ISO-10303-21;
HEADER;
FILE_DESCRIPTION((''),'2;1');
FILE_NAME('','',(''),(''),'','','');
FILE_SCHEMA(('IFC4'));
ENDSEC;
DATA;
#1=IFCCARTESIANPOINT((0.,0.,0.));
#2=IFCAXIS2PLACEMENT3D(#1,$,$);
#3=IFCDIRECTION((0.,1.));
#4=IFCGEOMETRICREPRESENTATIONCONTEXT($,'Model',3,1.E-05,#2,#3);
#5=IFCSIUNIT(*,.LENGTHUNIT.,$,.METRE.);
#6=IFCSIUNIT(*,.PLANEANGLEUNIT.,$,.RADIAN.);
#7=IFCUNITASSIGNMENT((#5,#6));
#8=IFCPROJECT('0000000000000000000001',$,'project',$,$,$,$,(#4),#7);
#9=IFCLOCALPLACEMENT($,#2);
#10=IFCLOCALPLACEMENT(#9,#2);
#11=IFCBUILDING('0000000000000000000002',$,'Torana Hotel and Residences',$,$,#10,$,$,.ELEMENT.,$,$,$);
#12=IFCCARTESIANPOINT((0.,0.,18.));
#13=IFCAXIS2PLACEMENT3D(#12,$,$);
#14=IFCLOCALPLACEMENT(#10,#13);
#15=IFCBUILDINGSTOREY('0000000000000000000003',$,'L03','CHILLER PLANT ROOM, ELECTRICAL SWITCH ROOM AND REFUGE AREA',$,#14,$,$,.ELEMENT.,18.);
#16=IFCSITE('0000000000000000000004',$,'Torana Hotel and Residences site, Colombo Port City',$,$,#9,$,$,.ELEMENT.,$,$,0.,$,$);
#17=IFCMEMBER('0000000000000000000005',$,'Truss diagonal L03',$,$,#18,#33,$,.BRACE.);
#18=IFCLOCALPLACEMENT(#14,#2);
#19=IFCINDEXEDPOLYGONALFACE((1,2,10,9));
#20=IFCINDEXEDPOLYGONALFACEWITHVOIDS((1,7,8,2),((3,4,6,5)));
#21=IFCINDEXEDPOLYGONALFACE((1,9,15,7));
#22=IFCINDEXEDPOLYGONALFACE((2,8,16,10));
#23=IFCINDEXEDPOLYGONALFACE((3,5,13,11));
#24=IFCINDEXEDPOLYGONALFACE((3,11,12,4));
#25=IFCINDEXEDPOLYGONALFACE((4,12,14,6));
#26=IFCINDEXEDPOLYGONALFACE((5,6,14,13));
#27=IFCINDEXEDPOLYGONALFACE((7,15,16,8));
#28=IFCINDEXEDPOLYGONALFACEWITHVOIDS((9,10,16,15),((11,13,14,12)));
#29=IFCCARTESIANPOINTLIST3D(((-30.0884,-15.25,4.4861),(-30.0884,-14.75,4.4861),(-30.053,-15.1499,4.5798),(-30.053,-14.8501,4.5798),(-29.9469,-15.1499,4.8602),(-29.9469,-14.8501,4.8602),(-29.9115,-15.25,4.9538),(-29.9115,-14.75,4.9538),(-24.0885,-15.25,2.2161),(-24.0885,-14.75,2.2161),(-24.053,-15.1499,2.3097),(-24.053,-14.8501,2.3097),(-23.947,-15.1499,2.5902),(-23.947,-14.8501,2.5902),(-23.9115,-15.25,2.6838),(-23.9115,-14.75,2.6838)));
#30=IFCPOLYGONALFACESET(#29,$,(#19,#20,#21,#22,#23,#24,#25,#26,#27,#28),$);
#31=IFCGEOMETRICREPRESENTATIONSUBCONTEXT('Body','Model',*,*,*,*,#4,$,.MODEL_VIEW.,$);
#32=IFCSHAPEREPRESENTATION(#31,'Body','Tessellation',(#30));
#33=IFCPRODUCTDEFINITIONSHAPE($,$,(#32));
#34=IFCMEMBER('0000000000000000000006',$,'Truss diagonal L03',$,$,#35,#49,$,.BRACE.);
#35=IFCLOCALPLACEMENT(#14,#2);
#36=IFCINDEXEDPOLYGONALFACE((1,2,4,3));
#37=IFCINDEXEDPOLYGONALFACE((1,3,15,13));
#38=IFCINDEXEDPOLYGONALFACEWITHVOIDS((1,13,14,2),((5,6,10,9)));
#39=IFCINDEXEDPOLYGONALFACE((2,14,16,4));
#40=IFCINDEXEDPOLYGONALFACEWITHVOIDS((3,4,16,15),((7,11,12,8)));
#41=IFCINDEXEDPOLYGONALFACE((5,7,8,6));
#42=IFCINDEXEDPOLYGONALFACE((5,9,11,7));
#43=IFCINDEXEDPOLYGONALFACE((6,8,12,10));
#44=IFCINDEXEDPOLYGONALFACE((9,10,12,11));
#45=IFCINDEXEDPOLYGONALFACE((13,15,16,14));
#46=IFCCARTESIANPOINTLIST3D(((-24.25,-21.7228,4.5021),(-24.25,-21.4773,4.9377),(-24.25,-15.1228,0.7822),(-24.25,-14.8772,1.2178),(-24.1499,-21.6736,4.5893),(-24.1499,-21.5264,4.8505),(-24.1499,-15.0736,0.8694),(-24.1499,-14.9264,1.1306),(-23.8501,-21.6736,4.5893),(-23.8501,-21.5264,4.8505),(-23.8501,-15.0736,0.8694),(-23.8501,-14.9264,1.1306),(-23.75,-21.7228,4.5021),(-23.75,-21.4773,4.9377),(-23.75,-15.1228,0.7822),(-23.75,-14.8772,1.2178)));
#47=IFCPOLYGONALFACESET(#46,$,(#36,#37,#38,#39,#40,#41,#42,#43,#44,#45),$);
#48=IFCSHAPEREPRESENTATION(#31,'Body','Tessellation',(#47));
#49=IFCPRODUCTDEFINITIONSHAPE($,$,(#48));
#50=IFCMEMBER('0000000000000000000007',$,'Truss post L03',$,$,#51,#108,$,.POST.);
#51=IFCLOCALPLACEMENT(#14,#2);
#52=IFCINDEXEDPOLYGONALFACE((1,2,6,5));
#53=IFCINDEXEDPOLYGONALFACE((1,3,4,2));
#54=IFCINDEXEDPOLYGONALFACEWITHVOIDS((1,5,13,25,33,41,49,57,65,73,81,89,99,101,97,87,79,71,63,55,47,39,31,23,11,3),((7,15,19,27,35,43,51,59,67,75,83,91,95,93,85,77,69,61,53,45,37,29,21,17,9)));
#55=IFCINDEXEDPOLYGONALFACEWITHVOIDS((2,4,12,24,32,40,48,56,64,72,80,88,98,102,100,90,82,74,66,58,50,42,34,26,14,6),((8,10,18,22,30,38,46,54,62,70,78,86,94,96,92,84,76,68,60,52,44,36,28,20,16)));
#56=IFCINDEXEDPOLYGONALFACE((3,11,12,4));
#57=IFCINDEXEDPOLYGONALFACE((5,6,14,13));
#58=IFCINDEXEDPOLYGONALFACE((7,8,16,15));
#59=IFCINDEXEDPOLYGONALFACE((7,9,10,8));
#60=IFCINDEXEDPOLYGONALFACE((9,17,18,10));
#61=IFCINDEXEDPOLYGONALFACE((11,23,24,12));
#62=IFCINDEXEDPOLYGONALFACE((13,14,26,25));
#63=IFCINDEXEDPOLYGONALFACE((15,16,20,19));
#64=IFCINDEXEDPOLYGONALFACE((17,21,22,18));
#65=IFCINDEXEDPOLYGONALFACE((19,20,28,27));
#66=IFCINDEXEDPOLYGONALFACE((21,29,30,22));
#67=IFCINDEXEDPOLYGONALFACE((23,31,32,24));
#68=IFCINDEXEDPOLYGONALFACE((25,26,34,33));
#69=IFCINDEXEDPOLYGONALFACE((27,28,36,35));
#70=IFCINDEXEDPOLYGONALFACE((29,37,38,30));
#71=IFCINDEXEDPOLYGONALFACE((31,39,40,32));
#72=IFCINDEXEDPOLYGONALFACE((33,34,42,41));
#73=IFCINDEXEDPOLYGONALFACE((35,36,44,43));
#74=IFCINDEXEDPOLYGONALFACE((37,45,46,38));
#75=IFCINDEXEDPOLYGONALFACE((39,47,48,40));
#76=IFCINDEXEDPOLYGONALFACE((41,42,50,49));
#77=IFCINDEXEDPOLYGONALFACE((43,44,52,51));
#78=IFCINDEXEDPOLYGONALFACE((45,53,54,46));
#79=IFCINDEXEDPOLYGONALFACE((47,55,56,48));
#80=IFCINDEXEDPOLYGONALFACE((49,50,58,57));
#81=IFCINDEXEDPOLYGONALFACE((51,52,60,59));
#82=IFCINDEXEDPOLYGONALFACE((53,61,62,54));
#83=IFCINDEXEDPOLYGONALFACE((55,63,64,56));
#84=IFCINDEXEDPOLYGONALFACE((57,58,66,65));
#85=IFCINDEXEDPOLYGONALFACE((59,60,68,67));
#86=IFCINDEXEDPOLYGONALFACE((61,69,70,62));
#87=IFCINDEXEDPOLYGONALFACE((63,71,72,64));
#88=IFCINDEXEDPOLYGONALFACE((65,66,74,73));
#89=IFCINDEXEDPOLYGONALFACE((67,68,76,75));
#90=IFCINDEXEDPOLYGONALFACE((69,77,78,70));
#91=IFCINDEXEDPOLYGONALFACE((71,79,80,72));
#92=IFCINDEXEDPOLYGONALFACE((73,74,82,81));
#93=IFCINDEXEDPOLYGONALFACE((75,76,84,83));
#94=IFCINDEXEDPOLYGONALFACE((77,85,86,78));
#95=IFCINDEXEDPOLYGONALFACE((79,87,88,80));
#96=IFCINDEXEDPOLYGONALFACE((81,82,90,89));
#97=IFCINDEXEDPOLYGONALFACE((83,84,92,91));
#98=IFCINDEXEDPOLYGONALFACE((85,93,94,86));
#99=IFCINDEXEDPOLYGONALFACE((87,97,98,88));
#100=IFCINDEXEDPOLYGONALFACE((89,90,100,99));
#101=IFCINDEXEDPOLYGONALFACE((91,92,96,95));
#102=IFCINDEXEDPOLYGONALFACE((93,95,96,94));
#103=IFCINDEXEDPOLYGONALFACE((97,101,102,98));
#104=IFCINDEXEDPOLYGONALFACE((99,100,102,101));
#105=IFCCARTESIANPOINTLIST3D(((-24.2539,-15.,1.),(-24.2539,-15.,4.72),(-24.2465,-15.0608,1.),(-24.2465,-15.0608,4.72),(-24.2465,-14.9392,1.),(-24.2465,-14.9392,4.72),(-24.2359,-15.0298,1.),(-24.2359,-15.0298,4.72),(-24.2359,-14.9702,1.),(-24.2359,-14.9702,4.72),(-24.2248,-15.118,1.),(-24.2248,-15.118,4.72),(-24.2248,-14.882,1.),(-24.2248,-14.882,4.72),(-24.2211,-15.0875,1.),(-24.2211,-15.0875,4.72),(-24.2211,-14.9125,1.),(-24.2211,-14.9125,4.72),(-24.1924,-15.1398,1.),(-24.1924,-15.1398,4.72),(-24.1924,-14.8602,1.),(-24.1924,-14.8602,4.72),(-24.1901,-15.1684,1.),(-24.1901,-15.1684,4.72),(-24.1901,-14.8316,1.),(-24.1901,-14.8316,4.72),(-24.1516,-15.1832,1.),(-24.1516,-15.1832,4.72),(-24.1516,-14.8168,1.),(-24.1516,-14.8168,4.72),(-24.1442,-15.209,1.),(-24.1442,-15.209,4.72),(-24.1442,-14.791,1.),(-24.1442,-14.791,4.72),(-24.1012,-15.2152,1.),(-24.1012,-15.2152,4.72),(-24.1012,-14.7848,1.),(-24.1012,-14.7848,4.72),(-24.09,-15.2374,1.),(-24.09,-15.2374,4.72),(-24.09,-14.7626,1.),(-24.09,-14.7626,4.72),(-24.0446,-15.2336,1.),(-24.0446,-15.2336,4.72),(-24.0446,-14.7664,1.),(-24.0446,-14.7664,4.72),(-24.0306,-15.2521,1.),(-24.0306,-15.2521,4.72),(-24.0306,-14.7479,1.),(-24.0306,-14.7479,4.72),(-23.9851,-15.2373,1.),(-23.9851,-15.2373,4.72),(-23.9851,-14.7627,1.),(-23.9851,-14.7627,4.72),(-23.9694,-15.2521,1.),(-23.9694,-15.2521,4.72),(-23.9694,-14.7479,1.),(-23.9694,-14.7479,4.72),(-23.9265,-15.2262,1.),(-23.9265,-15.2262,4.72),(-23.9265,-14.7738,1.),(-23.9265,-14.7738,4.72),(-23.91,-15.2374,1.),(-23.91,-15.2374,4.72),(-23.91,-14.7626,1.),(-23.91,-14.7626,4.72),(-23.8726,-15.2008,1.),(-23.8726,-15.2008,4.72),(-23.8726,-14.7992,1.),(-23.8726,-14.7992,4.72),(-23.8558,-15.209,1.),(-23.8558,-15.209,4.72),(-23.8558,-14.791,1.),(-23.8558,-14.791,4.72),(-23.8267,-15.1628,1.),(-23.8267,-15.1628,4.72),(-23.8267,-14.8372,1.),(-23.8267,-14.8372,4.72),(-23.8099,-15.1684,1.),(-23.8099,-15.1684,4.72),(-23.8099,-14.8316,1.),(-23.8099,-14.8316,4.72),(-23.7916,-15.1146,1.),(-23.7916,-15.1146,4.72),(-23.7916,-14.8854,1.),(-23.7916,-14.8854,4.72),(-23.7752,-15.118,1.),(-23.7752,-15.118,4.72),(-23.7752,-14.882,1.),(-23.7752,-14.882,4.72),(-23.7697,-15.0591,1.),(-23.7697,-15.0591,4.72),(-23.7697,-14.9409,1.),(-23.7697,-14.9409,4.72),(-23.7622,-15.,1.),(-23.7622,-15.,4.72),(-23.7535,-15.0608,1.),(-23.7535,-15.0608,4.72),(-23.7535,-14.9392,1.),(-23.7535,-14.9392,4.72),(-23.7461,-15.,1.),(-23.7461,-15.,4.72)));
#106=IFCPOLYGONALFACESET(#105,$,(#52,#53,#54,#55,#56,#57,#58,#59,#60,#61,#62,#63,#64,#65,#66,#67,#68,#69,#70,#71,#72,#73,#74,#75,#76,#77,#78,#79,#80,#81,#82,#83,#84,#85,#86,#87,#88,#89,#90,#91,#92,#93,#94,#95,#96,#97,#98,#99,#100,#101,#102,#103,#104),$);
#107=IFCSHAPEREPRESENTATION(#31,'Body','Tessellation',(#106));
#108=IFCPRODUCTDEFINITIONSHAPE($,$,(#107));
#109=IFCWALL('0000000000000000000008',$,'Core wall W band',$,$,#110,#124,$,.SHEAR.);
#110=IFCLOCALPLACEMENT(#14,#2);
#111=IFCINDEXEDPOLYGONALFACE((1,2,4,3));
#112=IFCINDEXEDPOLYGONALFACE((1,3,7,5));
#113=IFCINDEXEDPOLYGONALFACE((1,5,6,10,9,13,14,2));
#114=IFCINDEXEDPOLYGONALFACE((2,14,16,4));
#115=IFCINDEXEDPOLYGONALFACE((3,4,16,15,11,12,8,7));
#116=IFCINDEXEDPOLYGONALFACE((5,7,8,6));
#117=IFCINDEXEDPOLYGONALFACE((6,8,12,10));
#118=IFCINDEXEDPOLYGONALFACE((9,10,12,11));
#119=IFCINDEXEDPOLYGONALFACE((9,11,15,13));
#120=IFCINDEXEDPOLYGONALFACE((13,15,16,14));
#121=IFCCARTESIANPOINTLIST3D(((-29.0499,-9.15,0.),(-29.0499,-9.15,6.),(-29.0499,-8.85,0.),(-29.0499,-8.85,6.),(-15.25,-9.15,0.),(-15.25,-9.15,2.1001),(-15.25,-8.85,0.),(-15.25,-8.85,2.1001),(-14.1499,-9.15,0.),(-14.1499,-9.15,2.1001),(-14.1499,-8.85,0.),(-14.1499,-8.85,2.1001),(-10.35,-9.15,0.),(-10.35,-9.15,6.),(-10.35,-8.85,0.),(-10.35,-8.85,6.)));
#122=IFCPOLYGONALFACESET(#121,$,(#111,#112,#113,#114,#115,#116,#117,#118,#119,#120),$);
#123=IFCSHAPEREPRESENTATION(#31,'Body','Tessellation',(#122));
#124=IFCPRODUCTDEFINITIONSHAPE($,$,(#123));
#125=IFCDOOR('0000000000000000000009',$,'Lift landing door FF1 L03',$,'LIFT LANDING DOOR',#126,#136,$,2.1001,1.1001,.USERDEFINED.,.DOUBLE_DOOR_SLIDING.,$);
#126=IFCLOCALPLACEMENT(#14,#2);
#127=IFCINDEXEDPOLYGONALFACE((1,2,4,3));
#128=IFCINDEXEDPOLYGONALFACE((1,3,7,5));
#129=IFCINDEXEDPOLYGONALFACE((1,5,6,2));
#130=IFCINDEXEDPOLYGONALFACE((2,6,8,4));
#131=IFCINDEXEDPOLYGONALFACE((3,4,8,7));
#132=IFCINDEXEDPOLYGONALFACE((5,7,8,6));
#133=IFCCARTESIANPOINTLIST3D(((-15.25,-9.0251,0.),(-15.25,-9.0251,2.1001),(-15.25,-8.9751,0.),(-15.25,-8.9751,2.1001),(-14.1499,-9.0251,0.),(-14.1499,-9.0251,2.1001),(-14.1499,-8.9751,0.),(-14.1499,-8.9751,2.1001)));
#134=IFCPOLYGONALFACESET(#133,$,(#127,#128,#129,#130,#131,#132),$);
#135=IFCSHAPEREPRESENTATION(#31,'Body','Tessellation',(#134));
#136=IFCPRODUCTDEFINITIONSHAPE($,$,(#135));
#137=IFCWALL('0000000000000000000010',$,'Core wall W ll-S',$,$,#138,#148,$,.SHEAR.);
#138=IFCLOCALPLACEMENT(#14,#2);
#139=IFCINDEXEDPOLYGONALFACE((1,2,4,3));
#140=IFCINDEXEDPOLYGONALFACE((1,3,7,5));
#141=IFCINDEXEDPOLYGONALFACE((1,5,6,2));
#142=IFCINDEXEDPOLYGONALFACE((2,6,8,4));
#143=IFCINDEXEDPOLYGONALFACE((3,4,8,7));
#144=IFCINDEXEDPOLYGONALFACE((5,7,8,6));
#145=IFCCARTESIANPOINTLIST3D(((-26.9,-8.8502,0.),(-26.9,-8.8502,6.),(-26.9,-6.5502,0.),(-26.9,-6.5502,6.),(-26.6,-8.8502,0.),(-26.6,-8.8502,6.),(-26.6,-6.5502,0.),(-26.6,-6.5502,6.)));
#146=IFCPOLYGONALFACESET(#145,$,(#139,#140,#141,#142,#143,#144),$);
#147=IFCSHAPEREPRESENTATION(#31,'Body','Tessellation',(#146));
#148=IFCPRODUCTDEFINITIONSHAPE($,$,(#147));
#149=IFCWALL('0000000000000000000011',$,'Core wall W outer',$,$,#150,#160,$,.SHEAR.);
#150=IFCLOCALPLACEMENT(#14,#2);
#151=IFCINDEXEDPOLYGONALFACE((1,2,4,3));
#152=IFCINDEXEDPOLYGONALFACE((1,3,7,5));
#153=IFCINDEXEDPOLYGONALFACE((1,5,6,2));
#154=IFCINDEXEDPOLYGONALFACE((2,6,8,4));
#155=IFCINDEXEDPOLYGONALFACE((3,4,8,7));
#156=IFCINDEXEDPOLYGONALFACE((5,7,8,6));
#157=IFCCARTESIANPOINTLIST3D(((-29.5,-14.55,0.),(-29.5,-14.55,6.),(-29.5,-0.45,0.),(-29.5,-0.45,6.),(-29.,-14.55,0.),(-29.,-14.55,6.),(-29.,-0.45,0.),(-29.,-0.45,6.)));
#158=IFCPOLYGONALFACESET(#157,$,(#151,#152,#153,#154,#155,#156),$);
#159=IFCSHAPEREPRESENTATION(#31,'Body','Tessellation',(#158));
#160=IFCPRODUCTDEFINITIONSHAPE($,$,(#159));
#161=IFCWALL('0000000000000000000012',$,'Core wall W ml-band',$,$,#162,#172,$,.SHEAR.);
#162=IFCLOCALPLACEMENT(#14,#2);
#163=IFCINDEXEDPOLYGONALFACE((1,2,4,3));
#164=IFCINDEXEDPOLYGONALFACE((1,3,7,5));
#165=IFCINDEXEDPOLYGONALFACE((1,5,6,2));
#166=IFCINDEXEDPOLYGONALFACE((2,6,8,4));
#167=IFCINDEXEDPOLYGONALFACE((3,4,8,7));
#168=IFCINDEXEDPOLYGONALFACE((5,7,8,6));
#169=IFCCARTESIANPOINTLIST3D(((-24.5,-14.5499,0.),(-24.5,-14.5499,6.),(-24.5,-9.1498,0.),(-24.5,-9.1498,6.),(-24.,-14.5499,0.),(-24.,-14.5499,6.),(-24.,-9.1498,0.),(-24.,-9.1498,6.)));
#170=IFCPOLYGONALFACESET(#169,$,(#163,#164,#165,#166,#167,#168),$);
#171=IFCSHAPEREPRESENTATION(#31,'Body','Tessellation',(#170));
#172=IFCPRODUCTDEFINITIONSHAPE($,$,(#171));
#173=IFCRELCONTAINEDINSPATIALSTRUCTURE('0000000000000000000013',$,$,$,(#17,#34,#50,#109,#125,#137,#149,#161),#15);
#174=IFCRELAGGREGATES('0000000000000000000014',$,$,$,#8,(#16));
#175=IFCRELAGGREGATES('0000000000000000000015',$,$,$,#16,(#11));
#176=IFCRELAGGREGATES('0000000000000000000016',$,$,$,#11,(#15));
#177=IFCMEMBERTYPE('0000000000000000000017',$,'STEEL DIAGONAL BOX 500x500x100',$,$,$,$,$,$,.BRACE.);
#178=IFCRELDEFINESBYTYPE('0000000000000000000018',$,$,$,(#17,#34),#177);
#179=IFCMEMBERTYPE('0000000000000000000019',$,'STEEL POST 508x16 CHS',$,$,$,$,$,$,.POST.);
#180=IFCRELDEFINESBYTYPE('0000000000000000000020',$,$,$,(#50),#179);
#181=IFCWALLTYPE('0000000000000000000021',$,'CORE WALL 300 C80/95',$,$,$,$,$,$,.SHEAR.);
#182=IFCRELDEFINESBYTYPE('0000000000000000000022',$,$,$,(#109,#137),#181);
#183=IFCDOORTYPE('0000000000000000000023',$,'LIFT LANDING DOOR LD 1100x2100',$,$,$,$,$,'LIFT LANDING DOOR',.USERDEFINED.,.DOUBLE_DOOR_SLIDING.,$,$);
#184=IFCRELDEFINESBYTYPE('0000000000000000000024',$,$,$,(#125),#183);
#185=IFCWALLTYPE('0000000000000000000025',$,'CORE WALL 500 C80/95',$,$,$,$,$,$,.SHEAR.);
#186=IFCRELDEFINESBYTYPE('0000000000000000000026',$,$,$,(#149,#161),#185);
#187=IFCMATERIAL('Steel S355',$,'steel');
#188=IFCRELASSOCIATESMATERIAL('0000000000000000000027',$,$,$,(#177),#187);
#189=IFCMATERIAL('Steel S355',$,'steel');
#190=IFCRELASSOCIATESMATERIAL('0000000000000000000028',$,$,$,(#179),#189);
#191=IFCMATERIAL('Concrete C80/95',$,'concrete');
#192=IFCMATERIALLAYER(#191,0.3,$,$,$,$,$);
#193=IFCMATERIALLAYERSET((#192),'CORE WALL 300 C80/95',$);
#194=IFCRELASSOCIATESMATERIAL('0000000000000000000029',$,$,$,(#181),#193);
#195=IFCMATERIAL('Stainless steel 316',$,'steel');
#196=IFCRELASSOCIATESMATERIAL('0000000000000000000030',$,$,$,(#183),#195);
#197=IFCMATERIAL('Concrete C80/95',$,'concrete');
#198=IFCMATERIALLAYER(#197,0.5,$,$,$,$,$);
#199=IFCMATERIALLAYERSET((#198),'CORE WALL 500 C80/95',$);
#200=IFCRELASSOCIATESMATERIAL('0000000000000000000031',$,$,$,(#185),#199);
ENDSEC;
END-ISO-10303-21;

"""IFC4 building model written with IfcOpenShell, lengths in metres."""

from ifc_helpers import new_model, si_unit, direction, frame, frame_2d, origin, origin_2d, place, context, subcontext, project, spatial, rectangle, hollow_rectangle, hollow_circle, extrude, material, layer, layer_set, material_profile, profile_set, type_object, element, fill, save


model = new_model("IFC4")

# Units and contexts
model_context = context("Model", 3, precision=1e-05, world=origin(), true_north=direction((0.0, 1.0)))
body_context = subcontext(model_context, "Body", "Model", "MODEL_VIEW")
ifc_project = project(units=[si_unit("LENGTHUNIT", "METRE"), si_unit("PLANEANGLEUNIT", "RADIAN")], contexts=[model_context])

# Site, building, storey
site_placement = place(None, origin())
site = spatial("IfcSite", under=ifc_project, at=site_placement, Name="Torana Hotel and Residences site, Colombo Port City", CompositionType="ELEMENT", RefElevation=0.0)
building_placement = place(site_placement, origin())
building = spatial("IfcBuilding", under=site, at=building_placement, Name="Torana Hotel and Residences", CompositionType="ELEMENT")
storey_placement = place(building_placement, frame((0.0, 0.0, 18.0)))
storey = spatial("IfcBuildingStorey", under=building, at=storey_placement, Name="L03", Description="CHILLER PLANT ROOM, ELECTRICAL SWITCH ROOM AND REFUGE AREA", CompositionType="ELEMENT", Elevation=18.0)

# Members
ifc_material_1 = material(Name="Steel S355", Category="steel")
ifc_material_profile_1 = material_profile(ifc_material_1, hollow_rectangle(XDim=0.5, YDim=0.5, WallThickness=0.1001, at=origin_2d()), Name="BOX 500x500x100")
ifc_profile_set_1 = profile_set([ifc_material_profile_1], Name="Steel S355")
member_type_1 = type_object("IfcMemberType", Name="STEEL DIAGONAL BOX 500x500x100", PredefinedType="BRACE", material=ifc_profile_set_1)
member_1_placement = place(storey_placement, frame((-24.0, -15.0, 2.45), z_axis=(-0.935299, 0.0, 0.353858), x_axis=(0.0, -1.0, 0.0)))
element("IfcMember", 1, at=member_1_placement, inside=storey, type_object=member_type_1, Name="Truss diagonal L03", PredefinedType="BRACE", context=body_context, shape_type="SweptSolid", body=[
    extrude(hollow_rectangle(XDim=0.5, YDim=0.5, WallThickness=0.1001, at=origin_2d()), origin(), (0.0, 0.0, 1.0), 6.415),
])
member_2_placement = place(storey_placement, frame((-24.0, -15.0, 1.0), z_axis=(0.0, -0.871157, 0.491005), x_axis=(1.0, 0.0, 0.0)))
element("IfcMember", 2, at=member_2_placement, inside=storey, type_object=member_type_1, Name="Truss diagonal L03", PredefinedType="BRACE", context=body_context, shape_type="SweptSolid", body=[
    extrude(hollow_rectangle(XDim=0.5, YDim=0.5, WallThickness=0.1001, at=origin_2d()), origin(), (0.0, 0.0, 1.0), 7.5762),
])
ifc_material_2 = material(Name="Steel S355", Category="steel")
ifc_material_profile_2 = material_profile(ifc_material_2, hollow_circle(Radius=0.2539, WallThickness=0.0161, at=origin_2d()), Name="508x16 CHS")
ifc_profile_set_2 = profile_set([ifc_material_profile_2], Name="Steel S355")
member_type_2 = type_object("IfcMemberType", Name="STEEL POST 508x16 CHS", PredefinedType="POST", material=ifc_profile_set_2)
member_3_placement = place(storey_placement, frame((-24.0, -15.0, 1.0), z_axis=(0.0, 0.0, 1.0), x_axis=(1.0, 0.0, 0.0)))
element("IfcMember", 3, at=member_3_placement, inside=storey, type_object=member_type_2, Name="Truss post L03", PredefinedType="POST", context=body_context, shape_type="SweptSolid", body=[
    extrude(hollow_circle(Radius=0.2539, WallThickness=0.0161, at=origin_2d()), origin(), (0.0, 0.0, 1.0), 3.72),
])

# Wall, opening, door
ifc_material_3 = material(Name="Concrete C80/95", Category="concrete")
ifc_layer_1 = layer(ifc_material_3, 0.3)
ifc_layer_set_1 = layer_set([ifc_layer_1], Name="CORE WALL 300 C80/95")
wall_type_1 = type_object("IfcWallType", Name="CORE WALL 300 C80/95", PredefinedType="SHEAR", material=ifc_layer_set_1)
wall_1_placement = place(storey_placement, frame((-29.05, -9.0, 0.0), z_axis=(0.0, 0.0, 1.0), x_axis=(1.0, 0.0, 0.0)))
wall_1 = element("IfcWall", 4, at=wall_1_placement, inside=storey, type_object=wall_type_1, Name="Core wall W band", PredefinedType="SHEAR", context=body_context, shape_type="SweptSolid", body=[
    extrude(rectangle(XDim=18.7, YDim=0.3, at=frame_2d((9.3501, 0.0))), origin(), (0.0, 0.0, 1.0), 6.0),
])
opening_1_placement = place(wall_1_placement, frame((13.8, 0.0, 0.0)))
opening_1 = element("IfcOpeningElement", 5, at=opening_1_placement, cuts=wall_1, PredefinedType="OPENING", context=body_context, shape_type="SweptSolid", body=[
    extrude(rectangle(XDim=1.1001, YDim=2.1001, at=frame_2d((0.55, 1.05))), frame((0.0, 0.1599, 0.0), z_axis=(0.0, -1.0, 0.0), x_axis=(1.0, 0.0, 0.0)), (0.0, 0.0, 1.0), 0.3201),
])
ifc_material_4 = material(Name="Stainless steel 316", Category="steel")
door_type_1 = type_object("IfcDoorType", Name="LIFT LANDING DOOR LD 1100x2100", ElementType="LIFT LANDING DOOR", OperationType="DOUBLE_DOOR_SLIDING", PredefinedType="USERDEFINED", material=ifc_material_4)
door_1_placement = place(opening_1_placement, origin())
door_1 = element("IfcDoor", 6, at=door_1_placement, inside=storey, type_object=door_type_1, Name="Lift landing door FF1 L03", ObjectType="LIFT LANDING DOOR", OperationType="DOUBLE_DOOR_SLIDING", OverallHeight=2.1001, OverallWidth=1.1001, PredefinedType="USERDEFINED", context=body_context, shape_type="SweptSolid", body=[
    extrude(rectangle(XDim=1.1001, YDim=2.1001, at=frame_2d((0.55, 1.05))), frame((0.0, 0.0249, 0.0), z_axis=(0.0, -1.0, 0.0), x_axis=(1.0, 0.0, 0.0)), (0.0, 0.0, 1.0), 0.05),
])
fill(opening_1, door_1)

# Walls
wall_2_placement = place(storey_placement, frame((-26.75, -8.8501, 0.0), z_axis=(0.0, 0.0, 1.0), x_axis=(0.0, 1.0, 0.0)))
element("IfcWall", 7, at=wall_2_placement, inside=storey, type_object=wall_type_1, Name="Core wall W ll-S", PredefinedType="SHEAR", context=body_context, shape_type="SweptSolid", body=[
    extrude(rectangle(XDim=2.3, YDim=0.3, at=frame_2d((1.1499, 0.0))), origin(), (0.0, 0.0, 1.0), 6.0),
])
ifc_material_5 = material(Name="Concrete C80/95", Category="concrete")
ifc_layer_2 = layer(ifc_material_5, 0.5)
ifc_layer_set_2 = layer_set([ifc_layer_2], Name="CORE WALL 500 C80/95")
wall_type_2 = type_object("IfcWallType", Name="CORE WALL 500 C80/95", PredefinedType="SHEAR", material=ifc_layer_set_2)
wall_3_placement = place(storey_placement, frame((-29.25, -14.55, 0.0), z_axis=(0.0, 0.0, 1.0), x_axis=(0.0, 1.0, 0.0)))
element("IfcWall", 8, at=wall_3_placement, inside=storey, type_object=wall_type_2, Name="Core wall W outer", PredefinedType="SHEAR", context=body_context, shape_type="SweptSolid", body=[
    extrude(rectangle(XDim=14.1001, YDim=0.5, at=frame_2d((7.05, 0.0))), origin(), (0.0, 0.0, 1.0), 6.0),
])
wall_4_placement = place(storey_placement, frame((-24.25, -14.55, 0.0), z_axis=(0.0, 0.0, 1.0), x_axis=(0.0, 1.0, 0.0)))
element("IfcWall", 9, at=wall_4_placement, inside=storey, type_object=wall_type_2, Name="Core wall W ml-band", PredefinedType="SHEAR", context=body_context, shape_type="SweptSolid", body=[
    extrude(rectangle(XDim=5.4001, YDim=0.5, at=frame_2d((2.7002, 0.0))), origin(), (0.0, 0.0, 1.0), 6.0),
])

save(model, "model.ifc")
